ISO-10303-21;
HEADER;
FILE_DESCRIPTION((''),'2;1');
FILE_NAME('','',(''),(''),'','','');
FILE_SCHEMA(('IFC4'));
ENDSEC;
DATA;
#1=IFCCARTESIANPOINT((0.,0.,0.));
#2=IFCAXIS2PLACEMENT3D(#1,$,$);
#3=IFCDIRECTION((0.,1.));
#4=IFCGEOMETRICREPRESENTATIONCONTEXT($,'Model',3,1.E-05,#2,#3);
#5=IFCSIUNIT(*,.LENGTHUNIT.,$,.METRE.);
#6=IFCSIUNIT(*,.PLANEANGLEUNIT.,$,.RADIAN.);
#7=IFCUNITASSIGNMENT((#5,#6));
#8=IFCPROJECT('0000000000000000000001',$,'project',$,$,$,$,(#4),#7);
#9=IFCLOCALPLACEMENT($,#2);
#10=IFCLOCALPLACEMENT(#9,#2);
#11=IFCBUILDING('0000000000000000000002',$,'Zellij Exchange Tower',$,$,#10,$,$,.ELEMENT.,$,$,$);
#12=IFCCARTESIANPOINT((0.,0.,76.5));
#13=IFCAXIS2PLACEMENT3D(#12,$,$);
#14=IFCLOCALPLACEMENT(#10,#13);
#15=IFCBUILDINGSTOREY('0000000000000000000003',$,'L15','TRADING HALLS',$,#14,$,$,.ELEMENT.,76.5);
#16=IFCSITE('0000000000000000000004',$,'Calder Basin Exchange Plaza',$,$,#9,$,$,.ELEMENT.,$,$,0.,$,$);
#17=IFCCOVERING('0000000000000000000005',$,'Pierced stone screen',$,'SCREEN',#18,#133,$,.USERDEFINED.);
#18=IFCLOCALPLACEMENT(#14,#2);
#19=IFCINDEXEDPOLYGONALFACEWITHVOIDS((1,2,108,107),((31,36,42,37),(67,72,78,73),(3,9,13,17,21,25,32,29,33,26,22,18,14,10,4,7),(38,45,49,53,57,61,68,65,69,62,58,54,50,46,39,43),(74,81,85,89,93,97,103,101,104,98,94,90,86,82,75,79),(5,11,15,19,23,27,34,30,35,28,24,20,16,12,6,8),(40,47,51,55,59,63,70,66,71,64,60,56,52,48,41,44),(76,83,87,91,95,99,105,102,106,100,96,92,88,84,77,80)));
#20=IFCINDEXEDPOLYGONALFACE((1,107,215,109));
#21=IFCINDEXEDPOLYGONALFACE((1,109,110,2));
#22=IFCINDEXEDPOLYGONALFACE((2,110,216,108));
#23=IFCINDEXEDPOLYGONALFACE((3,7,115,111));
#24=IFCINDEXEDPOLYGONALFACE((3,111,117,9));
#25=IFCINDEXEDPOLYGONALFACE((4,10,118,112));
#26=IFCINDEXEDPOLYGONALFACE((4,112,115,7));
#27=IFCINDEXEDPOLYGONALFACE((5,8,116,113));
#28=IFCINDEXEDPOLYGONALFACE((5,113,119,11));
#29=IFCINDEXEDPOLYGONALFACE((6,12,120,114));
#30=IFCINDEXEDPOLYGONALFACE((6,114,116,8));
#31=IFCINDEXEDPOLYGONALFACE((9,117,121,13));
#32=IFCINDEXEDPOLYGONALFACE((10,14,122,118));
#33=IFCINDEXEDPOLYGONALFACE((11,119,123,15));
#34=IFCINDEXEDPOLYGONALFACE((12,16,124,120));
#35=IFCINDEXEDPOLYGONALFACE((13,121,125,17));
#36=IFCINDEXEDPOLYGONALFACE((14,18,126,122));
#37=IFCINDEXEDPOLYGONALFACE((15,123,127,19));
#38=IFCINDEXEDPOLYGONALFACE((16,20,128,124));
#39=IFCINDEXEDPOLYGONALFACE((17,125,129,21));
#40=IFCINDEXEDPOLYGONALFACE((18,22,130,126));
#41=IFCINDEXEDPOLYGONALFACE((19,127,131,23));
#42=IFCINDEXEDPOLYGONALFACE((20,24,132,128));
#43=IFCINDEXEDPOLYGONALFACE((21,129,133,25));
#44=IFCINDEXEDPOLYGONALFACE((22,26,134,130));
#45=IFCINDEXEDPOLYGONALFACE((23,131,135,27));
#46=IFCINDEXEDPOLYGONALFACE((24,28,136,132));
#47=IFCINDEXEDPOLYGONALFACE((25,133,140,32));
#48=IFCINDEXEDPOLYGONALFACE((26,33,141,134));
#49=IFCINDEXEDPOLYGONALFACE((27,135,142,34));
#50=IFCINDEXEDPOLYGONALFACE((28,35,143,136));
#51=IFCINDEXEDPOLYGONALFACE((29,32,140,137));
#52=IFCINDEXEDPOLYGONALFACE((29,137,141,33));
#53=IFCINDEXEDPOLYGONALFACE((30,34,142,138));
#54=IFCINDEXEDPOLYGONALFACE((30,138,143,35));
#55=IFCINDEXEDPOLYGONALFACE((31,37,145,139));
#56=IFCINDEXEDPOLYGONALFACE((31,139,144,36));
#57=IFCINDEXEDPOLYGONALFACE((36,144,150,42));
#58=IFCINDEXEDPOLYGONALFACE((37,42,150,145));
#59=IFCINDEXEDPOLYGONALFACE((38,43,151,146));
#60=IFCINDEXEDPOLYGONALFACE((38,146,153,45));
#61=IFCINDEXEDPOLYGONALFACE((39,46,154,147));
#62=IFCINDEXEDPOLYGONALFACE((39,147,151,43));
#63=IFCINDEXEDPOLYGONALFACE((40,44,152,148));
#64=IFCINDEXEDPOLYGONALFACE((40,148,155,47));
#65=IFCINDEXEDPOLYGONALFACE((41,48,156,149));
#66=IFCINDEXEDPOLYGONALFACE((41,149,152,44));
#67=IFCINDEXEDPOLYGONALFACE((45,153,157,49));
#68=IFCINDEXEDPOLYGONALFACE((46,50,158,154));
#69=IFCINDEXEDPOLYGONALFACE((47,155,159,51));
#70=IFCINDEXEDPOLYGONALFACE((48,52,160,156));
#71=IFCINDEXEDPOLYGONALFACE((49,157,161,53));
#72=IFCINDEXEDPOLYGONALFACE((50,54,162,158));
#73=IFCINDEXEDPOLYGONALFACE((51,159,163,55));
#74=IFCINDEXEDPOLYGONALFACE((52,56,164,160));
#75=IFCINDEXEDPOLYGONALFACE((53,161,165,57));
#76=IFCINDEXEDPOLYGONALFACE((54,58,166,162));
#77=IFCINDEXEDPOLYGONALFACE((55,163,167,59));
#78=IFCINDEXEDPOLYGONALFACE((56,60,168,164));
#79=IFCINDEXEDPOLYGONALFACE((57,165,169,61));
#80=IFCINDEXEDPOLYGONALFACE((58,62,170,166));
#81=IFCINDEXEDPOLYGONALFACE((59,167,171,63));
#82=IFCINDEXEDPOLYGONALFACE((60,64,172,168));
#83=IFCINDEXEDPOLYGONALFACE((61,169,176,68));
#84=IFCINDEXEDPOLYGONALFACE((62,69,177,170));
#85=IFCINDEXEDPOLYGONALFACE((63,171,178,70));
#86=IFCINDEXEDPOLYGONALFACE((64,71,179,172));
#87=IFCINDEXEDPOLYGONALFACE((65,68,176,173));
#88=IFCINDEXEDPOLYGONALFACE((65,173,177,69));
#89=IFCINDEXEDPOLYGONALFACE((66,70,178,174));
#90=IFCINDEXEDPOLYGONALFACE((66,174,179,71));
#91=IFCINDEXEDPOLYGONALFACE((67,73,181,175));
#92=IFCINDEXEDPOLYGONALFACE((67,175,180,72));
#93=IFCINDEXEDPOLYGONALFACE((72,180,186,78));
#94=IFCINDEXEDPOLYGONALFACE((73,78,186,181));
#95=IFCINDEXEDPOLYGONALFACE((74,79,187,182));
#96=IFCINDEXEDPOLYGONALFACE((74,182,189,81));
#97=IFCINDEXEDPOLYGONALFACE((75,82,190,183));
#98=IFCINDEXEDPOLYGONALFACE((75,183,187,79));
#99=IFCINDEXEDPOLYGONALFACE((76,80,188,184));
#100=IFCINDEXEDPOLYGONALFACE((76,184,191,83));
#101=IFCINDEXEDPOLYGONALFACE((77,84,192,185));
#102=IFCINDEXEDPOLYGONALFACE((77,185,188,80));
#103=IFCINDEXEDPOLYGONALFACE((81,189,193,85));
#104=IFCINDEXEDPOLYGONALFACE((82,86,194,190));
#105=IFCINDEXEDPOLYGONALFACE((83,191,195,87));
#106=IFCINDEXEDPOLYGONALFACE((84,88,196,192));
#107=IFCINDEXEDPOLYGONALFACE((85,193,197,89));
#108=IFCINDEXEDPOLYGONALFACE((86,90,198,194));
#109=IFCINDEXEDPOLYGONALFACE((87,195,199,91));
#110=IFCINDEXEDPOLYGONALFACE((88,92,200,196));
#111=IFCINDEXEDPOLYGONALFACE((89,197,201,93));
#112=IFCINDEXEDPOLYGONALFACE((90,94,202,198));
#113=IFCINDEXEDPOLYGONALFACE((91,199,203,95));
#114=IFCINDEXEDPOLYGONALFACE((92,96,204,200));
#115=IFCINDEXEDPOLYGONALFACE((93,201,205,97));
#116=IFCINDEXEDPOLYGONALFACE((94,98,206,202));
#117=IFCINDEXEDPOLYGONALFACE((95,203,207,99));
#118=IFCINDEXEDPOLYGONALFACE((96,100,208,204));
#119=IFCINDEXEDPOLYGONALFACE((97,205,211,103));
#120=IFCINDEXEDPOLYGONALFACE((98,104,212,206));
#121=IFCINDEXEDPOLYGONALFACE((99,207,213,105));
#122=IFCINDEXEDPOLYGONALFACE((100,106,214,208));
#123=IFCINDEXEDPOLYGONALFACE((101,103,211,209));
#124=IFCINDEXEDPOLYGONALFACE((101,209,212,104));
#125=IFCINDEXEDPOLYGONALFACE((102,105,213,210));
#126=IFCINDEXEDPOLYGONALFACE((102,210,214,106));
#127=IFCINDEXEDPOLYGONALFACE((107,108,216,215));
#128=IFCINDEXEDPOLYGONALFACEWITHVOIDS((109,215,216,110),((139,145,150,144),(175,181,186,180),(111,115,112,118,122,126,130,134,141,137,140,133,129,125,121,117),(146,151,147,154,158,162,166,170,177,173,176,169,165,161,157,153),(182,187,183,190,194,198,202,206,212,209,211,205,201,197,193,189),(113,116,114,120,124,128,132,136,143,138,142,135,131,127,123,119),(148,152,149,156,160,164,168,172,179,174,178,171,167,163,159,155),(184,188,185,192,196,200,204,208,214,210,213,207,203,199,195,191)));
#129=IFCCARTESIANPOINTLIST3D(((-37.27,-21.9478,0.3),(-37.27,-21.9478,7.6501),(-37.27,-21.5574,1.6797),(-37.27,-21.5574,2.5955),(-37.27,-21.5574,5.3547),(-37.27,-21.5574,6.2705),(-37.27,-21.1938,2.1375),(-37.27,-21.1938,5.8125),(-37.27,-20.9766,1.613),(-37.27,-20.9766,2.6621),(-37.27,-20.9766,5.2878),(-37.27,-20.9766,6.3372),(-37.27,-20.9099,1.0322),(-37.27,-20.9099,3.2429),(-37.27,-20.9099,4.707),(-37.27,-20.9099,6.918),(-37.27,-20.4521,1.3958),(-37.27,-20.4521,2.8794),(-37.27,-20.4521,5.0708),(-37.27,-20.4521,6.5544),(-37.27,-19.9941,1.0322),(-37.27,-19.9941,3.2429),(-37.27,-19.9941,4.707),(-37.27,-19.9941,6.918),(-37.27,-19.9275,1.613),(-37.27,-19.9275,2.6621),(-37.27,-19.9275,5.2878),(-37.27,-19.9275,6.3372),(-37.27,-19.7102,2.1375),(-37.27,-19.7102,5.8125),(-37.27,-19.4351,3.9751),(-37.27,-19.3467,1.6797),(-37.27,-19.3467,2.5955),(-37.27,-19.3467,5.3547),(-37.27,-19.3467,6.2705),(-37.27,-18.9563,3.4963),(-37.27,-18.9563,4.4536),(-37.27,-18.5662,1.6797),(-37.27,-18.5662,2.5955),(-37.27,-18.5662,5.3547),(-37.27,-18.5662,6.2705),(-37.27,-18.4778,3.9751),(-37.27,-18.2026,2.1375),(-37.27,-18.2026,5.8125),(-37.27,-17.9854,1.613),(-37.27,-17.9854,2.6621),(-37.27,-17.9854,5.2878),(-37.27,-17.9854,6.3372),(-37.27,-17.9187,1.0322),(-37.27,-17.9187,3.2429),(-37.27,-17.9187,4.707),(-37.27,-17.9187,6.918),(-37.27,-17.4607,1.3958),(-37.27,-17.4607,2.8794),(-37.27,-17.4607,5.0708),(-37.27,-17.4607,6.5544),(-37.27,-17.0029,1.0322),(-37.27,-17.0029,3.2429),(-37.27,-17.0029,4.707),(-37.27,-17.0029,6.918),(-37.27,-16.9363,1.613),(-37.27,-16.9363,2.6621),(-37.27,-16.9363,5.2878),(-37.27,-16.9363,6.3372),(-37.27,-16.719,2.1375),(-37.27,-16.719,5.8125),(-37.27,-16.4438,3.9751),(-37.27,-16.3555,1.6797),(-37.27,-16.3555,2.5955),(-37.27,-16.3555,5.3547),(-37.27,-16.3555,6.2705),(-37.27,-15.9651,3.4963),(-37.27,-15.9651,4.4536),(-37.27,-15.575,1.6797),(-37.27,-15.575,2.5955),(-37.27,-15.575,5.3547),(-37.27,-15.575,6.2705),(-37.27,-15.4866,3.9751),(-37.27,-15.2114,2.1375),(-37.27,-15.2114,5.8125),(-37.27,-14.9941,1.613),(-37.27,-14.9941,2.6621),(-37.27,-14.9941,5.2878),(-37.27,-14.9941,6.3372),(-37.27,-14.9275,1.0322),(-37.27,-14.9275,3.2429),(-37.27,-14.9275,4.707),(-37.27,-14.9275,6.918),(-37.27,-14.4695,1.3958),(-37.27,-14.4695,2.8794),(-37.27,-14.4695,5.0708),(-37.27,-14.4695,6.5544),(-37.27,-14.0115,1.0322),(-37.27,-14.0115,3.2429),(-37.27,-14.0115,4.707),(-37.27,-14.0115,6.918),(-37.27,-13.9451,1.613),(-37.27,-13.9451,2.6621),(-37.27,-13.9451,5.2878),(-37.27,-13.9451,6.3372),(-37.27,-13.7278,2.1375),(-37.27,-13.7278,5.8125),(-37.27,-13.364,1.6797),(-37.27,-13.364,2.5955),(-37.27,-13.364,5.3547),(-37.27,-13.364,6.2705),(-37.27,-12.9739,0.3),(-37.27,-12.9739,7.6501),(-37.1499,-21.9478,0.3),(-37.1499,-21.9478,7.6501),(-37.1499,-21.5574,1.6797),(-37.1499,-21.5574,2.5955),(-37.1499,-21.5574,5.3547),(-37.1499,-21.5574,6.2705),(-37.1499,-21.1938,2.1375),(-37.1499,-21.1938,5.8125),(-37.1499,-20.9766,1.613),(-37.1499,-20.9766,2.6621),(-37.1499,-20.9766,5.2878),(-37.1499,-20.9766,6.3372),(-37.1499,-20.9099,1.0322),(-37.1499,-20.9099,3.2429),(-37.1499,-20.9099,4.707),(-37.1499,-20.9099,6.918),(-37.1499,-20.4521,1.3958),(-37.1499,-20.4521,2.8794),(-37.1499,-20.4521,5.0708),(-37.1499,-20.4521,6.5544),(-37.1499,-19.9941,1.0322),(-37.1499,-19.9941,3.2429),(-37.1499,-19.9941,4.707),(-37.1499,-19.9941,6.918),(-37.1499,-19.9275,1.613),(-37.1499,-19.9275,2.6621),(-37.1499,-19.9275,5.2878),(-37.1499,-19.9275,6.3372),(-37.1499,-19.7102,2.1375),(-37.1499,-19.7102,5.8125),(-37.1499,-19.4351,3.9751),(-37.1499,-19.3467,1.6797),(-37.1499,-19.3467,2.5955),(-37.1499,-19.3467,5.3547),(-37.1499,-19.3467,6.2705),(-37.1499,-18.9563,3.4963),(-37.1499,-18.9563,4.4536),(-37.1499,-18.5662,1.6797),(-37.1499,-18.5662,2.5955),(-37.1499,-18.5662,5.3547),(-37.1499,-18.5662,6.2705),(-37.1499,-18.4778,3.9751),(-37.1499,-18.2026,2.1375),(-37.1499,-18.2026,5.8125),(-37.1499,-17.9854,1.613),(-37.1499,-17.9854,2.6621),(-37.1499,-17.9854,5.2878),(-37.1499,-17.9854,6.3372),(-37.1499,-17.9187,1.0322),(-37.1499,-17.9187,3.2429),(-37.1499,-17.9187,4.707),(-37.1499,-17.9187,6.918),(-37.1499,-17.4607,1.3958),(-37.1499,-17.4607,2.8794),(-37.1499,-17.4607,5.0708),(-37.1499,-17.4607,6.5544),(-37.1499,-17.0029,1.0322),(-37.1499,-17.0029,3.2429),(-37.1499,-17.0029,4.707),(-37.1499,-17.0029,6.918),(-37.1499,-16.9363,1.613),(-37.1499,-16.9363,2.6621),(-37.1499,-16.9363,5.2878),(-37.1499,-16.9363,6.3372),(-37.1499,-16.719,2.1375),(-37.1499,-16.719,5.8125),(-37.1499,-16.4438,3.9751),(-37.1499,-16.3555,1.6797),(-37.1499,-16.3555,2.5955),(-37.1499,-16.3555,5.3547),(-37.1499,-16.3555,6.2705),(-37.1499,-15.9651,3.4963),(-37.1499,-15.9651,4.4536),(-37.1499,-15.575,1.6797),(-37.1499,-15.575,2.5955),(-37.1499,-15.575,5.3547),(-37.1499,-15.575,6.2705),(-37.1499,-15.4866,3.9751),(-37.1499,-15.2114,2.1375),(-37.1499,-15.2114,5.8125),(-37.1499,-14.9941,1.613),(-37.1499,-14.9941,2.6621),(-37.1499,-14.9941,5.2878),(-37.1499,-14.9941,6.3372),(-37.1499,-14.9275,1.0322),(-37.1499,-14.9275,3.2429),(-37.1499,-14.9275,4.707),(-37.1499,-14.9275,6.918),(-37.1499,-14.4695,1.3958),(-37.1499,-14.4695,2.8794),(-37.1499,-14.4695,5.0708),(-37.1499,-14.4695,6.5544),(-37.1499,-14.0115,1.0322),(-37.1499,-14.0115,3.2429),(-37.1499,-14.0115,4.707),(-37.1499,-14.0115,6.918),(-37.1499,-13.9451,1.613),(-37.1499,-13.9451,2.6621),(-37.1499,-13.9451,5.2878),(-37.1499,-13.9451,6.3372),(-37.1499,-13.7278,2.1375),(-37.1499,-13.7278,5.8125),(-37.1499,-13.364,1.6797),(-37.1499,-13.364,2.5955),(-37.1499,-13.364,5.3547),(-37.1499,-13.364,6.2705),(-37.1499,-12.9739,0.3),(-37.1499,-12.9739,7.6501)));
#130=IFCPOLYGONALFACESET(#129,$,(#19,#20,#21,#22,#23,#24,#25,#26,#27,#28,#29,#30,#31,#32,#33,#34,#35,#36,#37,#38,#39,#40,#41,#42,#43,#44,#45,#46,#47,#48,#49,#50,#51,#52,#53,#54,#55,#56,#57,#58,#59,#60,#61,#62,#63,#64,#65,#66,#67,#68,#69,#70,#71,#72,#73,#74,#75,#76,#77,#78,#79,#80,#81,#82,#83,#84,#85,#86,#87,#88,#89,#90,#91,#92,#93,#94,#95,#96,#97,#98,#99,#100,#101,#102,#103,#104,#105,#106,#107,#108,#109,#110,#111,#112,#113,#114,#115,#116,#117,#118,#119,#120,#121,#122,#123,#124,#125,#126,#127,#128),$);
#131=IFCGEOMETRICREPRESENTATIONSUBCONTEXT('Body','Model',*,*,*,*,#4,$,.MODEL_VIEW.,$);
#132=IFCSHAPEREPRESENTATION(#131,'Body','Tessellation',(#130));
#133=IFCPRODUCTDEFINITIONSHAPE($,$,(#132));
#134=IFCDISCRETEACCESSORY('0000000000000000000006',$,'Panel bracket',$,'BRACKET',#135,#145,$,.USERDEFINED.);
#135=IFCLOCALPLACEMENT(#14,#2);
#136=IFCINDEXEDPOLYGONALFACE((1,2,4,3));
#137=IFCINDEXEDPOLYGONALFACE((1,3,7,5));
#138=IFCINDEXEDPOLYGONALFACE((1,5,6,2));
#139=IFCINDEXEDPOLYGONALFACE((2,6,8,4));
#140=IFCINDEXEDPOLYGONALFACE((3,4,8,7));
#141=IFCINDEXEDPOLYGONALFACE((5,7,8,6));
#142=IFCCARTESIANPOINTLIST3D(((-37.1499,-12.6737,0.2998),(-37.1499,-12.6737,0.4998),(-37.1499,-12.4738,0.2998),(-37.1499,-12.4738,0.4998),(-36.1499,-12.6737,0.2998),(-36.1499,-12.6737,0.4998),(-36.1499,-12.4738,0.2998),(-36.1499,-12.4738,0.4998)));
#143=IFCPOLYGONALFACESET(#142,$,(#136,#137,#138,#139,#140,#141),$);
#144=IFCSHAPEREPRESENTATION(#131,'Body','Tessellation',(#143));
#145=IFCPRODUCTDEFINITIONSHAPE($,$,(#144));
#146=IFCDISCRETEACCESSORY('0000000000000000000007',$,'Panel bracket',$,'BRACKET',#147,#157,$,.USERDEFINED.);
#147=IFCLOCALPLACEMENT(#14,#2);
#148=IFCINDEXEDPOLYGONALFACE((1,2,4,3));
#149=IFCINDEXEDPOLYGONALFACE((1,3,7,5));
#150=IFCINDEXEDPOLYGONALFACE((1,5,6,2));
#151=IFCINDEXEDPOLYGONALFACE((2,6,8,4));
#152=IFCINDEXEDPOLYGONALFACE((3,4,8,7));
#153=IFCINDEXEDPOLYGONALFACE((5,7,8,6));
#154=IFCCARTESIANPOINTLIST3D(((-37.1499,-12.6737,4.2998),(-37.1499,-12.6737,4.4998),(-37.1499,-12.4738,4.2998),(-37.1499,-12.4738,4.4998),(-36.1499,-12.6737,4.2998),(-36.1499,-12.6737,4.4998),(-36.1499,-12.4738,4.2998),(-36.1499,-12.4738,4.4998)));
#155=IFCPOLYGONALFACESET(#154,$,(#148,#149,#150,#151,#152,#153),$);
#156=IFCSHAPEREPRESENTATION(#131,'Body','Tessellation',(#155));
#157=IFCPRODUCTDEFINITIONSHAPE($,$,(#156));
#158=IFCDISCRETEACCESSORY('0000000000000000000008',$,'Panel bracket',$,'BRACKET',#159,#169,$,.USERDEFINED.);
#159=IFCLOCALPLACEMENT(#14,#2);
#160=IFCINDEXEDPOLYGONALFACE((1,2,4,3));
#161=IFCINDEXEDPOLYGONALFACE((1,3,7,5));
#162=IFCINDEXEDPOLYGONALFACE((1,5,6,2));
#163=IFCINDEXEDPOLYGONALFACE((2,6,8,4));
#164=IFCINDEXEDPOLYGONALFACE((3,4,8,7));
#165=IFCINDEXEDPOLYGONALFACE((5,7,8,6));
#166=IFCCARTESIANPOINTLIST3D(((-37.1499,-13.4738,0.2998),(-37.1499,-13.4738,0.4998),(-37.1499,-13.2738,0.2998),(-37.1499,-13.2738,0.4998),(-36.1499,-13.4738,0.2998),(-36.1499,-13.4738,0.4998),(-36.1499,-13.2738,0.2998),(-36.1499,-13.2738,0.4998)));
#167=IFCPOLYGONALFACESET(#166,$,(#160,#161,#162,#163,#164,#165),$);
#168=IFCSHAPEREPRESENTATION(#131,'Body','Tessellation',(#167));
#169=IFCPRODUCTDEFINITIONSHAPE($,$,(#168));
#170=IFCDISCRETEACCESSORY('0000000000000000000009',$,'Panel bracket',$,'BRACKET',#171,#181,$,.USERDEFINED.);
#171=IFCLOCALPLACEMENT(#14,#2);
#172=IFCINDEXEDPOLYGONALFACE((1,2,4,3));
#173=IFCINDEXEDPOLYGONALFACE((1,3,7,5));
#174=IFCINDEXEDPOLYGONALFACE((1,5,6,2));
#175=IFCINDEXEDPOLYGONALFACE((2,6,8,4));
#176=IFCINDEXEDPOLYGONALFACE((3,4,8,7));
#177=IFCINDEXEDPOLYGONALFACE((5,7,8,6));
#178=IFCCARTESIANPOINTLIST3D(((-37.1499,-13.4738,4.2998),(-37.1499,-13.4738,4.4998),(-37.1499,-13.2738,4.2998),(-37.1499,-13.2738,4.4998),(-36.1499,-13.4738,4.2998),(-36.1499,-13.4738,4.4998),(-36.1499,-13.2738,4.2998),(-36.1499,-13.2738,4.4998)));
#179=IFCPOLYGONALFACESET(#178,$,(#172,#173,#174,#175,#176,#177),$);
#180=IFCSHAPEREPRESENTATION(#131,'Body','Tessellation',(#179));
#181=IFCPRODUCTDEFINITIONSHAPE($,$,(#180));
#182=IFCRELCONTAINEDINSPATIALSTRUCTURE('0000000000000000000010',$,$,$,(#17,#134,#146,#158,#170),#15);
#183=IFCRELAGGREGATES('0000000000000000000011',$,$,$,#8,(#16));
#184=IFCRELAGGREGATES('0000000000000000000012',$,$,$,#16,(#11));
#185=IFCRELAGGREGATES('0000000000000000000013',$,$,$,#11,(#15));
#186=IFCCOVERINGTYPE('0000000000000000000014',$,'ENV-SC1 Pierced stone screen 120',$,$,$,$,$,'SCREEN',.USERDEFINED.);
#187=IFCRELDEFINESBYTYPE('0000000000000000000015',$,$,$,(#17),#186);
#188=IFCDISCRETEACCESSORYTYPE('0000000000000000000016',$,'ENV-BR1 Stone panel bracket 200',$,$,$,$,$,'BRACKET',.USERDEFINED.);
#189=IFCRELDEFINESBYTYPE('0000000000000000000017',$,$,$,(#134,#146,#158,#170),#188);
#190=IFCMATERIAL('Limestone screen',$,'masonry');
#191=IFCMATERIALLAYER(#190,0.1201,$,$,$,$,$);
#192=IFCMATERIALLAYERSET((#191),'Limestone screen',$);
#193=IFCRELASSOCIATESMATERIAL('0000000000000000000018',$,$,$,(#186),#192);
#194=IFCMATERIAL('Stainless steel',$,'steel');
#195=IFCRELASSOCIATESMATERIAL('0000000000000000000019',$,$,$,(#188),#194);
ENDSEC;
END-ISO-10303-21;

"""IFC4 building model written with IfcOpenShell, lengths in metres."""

from ifc_helpers import new_model, si_unit, direction, frame, origin, origin_2d, place, context, subcontext, project, spatial, polyline, rectangle, outline, extrude, material, layer, layer_set, type_object, element, save


model = new_model("IFC4")

# Units and contexts
model_context = context("Model", 3, precision=1e-05, world=origin(), true_north=direction((0.0, 1.0)))
body_context = subcontext(model_context, "Body", "Model", "MODEL_VIEW")
ifc_project = project(units=[si_unit("LENGTHUNIT", "METRE"), si_unit("PLANEANGLEUNIT", "RADIAN")], contexts=[model_context])

# Site, building, storey
site_placement = place(None, origin())
site = spatial("IfcSite", under=ifc_project, at=site_placement, Name="Calder Basin Exchange Plaza", CompositionType="ELEMENT", RefElevation=0.0)
building_placement = place(site_placement, origin())
building = spatial("IfcBuilding", under=site, at=building_placement, Name="Zellij Exchange Tower", CompositionType="ELEMENT")
storey_placement = place(building_placement, frame((0.0, 0.0, 76.5)))
storey = spatial("IfcBuildingStorey", under=building, at=storey_placement, Name="L15", Description="TRADING HALLS", CompositionType="ELEMENT", Elevation=76.5)

# Shared definitions
ifc_material_1 = material(Name="Stainless steel", Category="steel")

# Covering
ifc_material_2 = material(Name="Limestone screen", Category="masonry")
ifc_layer_1 = layer(ifc_material_2, 0.1201)
ifc_layer_set_1 = layer_set([ifc_layer_1], Name="Limestone screen")
covering_type = type_object("IfcCoveringType", Name="ENV-SC1 Pierced stone screen 120", ElementType="SCREEN", PredefinedType="USERDEFINED", material=ifc_layer_set_1)
covering_placement = place(storey_placement, frame((-37.21, -12.9739, 0.3), z_axis=(0.0, 0.0, 1.0), x_axis=(0.0, -1.0, 0.0)))
element("IfcCovering", 1, at=covering_placement, inside=storey, type_object=covering_type, Name="Pierced stone screen", ObjectType="SCREEN", PredefinedType="USERDEFINED", context=body_context, shape_type="SweptSolid", body=[
    extrude(outline(polyline([(0.0, 0.0), (8.9739, 0.0), (8.9739, 7.3501), (0.0, 7.3501), (0.0, 0.0)]), holes=[polyline([(2.6011, 2.2954), (2.0203, 2.3621), (1.9536, 2.9429), (1.4956, 2.5793), (1.0376, 2.9429), (0.9712, 2.3621), (0.3901, 2.2954), (0.7539, 1.8374), (0.3901, 1.3796), (0.9712, 1.313), (1.0376, 0.7322), (1.4956, 1.0957), (1.9536, 0.7322), (2.0203, 1.313), (2.6011, 1.3796), (2.2375, 1.8374), (2.6011, 2.2954)]), polyline([(2.6011, 5.9705), (2.0203, 6.0371), (1.9536, 6.6179), (1.4956, 6.2544), (1.0376, 6.6179), (0.9712, 6.0371), (0.3901, 5.9705), (0.7539, 5.5125), (0.3901, 5.0547), (0.9712, 4.9878), (1.0376, 4.407), (1.4956, 4.7708), (1.9536, 4.407), (2.0203, 4.9878), (2.6011, 5.0547), (2.2375, 5.5125), (2.6011, 5.9705)]), polyline([(5.5923, 2.2954), (5.0115, 2.3621), (4.9448, 2.9429), (4.4868, 2.5793), (4.0291, 2.9429), (3.9624, 2.3621), (3.3816, 2.2954), (3.7451, 1.8374), (3.3816, 1.3796), (3.9624, 1.313), (4.0291, 0.7322), (4.4868, 1.0957), (4.9448, 0.7322), (5.0115, 1.313), (5.5923, 1.3796), (5.2288, 1.8374), (5.5923, 2.2954)]), polyline([(5.5923, 5.9705), (5.0115, 6.0371), (4.9448, 6.6179), (4.4868, 6.2544), (4.0291, 6.6179), (3.9624, 6.0371), (3.3816, 5.9705), (3.7451, 5.5125), (3.3816, 5.0547), (3.9624, 4.9878), (4.0291, 4.407), (4.4868, 4.7708), (4.9448, 4.407), (5.0115, 4.9878), (5.5923, 5.0547), (5.2288, 5.5125), (5.5923, 5.9705)]), polyline([(8.5835, 2.2954), (8.0027, 2.3621), (7.936, 2.9429), (7.4783, 2.5793), (7.0203, 2.9429), (6.9536, 2.3621), (6.3728, 2.2954), (6.7363, 1.8374), (6.3728, 1.3796), (6.9536, 1.313), (7.0203, 0.7322), (7.4783, 1.0957), (7.936, 0.7322), (8.0027, 1.313), (8.5835, 1.3796), (8.22, 1.8374), (8.5835, 2.2954)]), polyline([(8.5835, 5.9705), (8.0027, 6.0371), (7.936, 6.6179), (7.4783, 6.2544), (7.0203, 6.6179), (6.9536, 6.0371), (6.3728, 5.9705), (6.7363, 5.5125), (6.3728, 5.0547), (6.9536, 4.9878), (7.0203, 4.407), (7.4783, 4.7708), (7.936, 4.407), (8.0027, 4.9878), (8.5835, 5.0547), (8.22, 5.5125), (8.5835, 5.9705)]), polyline([(3.47, 3.675), (2.9912, 4.1536), (2.5127, 3.675), (2.9912, 3.1963), (3.47, 3.675)]), polyline([(6.4612, 3.675), (5.9824, 4.1536), (5.5039, 3.675), (5.9824, 3.1963), (6.4612, 3.675)])]), frame((0.0, 0.0601, 0.0), z_axis=(0.0, -1.0, 0.0), x_axis=(1.0, 0.0, 0.0)), (0.0, 0.0, 1.0), 0.1201),
])

# Discrete accessories
discrete_accessory_type = type_object("IfcDiscreteAccessoryType", Name="ENV-BR1 Stone panel bracket 200", ElementType="BRACKET", PredefinedType="USERDEFINED", material=ifc_material_1)
for number, where, z_axis, x_axis, name in (
    (2, (-36.6499, -12.5737, 0.2998), (0.0, 0.0, 1.0), (0.0, -1.0, 0.0), "Panel bracket"),
    (3, (-36.6499, -12.5737, 4.2998), (0.0, 0.0, 1.0), (0.0, -1.0, 0.0), "Panel bracket"),
    (4, (-36.6499, -13.3738, 0.2998), (0.0, 0.0, 1.0), (0.0, -1.0, 0.0), "Panel bracket"),
    (5, (-36.6499, -13.3738, 4.2998), (0.0, 0.0, 1.0), (0.0, -1.0, 0.0), "Panel bracket"),
):
    element("IfcDiscreteAccessory", number, at=place(storey_placement, frame(where, z_axis=z_axis, x_axis=x_axis)), inside=storey, type_object=discrete_accessory_type, Name=name, ObjectType="BRACKET", PredefinedType="USERDEFINED", context=body_context, shape_type="SweptSolid", body=[
        extrude(rectangle(XDim=0.2, YDim=1.0, at=origin_2d()), origin(), (0.0, 0.0, 1.0), 0.2),
    ])

save(model, "model.ifc")
